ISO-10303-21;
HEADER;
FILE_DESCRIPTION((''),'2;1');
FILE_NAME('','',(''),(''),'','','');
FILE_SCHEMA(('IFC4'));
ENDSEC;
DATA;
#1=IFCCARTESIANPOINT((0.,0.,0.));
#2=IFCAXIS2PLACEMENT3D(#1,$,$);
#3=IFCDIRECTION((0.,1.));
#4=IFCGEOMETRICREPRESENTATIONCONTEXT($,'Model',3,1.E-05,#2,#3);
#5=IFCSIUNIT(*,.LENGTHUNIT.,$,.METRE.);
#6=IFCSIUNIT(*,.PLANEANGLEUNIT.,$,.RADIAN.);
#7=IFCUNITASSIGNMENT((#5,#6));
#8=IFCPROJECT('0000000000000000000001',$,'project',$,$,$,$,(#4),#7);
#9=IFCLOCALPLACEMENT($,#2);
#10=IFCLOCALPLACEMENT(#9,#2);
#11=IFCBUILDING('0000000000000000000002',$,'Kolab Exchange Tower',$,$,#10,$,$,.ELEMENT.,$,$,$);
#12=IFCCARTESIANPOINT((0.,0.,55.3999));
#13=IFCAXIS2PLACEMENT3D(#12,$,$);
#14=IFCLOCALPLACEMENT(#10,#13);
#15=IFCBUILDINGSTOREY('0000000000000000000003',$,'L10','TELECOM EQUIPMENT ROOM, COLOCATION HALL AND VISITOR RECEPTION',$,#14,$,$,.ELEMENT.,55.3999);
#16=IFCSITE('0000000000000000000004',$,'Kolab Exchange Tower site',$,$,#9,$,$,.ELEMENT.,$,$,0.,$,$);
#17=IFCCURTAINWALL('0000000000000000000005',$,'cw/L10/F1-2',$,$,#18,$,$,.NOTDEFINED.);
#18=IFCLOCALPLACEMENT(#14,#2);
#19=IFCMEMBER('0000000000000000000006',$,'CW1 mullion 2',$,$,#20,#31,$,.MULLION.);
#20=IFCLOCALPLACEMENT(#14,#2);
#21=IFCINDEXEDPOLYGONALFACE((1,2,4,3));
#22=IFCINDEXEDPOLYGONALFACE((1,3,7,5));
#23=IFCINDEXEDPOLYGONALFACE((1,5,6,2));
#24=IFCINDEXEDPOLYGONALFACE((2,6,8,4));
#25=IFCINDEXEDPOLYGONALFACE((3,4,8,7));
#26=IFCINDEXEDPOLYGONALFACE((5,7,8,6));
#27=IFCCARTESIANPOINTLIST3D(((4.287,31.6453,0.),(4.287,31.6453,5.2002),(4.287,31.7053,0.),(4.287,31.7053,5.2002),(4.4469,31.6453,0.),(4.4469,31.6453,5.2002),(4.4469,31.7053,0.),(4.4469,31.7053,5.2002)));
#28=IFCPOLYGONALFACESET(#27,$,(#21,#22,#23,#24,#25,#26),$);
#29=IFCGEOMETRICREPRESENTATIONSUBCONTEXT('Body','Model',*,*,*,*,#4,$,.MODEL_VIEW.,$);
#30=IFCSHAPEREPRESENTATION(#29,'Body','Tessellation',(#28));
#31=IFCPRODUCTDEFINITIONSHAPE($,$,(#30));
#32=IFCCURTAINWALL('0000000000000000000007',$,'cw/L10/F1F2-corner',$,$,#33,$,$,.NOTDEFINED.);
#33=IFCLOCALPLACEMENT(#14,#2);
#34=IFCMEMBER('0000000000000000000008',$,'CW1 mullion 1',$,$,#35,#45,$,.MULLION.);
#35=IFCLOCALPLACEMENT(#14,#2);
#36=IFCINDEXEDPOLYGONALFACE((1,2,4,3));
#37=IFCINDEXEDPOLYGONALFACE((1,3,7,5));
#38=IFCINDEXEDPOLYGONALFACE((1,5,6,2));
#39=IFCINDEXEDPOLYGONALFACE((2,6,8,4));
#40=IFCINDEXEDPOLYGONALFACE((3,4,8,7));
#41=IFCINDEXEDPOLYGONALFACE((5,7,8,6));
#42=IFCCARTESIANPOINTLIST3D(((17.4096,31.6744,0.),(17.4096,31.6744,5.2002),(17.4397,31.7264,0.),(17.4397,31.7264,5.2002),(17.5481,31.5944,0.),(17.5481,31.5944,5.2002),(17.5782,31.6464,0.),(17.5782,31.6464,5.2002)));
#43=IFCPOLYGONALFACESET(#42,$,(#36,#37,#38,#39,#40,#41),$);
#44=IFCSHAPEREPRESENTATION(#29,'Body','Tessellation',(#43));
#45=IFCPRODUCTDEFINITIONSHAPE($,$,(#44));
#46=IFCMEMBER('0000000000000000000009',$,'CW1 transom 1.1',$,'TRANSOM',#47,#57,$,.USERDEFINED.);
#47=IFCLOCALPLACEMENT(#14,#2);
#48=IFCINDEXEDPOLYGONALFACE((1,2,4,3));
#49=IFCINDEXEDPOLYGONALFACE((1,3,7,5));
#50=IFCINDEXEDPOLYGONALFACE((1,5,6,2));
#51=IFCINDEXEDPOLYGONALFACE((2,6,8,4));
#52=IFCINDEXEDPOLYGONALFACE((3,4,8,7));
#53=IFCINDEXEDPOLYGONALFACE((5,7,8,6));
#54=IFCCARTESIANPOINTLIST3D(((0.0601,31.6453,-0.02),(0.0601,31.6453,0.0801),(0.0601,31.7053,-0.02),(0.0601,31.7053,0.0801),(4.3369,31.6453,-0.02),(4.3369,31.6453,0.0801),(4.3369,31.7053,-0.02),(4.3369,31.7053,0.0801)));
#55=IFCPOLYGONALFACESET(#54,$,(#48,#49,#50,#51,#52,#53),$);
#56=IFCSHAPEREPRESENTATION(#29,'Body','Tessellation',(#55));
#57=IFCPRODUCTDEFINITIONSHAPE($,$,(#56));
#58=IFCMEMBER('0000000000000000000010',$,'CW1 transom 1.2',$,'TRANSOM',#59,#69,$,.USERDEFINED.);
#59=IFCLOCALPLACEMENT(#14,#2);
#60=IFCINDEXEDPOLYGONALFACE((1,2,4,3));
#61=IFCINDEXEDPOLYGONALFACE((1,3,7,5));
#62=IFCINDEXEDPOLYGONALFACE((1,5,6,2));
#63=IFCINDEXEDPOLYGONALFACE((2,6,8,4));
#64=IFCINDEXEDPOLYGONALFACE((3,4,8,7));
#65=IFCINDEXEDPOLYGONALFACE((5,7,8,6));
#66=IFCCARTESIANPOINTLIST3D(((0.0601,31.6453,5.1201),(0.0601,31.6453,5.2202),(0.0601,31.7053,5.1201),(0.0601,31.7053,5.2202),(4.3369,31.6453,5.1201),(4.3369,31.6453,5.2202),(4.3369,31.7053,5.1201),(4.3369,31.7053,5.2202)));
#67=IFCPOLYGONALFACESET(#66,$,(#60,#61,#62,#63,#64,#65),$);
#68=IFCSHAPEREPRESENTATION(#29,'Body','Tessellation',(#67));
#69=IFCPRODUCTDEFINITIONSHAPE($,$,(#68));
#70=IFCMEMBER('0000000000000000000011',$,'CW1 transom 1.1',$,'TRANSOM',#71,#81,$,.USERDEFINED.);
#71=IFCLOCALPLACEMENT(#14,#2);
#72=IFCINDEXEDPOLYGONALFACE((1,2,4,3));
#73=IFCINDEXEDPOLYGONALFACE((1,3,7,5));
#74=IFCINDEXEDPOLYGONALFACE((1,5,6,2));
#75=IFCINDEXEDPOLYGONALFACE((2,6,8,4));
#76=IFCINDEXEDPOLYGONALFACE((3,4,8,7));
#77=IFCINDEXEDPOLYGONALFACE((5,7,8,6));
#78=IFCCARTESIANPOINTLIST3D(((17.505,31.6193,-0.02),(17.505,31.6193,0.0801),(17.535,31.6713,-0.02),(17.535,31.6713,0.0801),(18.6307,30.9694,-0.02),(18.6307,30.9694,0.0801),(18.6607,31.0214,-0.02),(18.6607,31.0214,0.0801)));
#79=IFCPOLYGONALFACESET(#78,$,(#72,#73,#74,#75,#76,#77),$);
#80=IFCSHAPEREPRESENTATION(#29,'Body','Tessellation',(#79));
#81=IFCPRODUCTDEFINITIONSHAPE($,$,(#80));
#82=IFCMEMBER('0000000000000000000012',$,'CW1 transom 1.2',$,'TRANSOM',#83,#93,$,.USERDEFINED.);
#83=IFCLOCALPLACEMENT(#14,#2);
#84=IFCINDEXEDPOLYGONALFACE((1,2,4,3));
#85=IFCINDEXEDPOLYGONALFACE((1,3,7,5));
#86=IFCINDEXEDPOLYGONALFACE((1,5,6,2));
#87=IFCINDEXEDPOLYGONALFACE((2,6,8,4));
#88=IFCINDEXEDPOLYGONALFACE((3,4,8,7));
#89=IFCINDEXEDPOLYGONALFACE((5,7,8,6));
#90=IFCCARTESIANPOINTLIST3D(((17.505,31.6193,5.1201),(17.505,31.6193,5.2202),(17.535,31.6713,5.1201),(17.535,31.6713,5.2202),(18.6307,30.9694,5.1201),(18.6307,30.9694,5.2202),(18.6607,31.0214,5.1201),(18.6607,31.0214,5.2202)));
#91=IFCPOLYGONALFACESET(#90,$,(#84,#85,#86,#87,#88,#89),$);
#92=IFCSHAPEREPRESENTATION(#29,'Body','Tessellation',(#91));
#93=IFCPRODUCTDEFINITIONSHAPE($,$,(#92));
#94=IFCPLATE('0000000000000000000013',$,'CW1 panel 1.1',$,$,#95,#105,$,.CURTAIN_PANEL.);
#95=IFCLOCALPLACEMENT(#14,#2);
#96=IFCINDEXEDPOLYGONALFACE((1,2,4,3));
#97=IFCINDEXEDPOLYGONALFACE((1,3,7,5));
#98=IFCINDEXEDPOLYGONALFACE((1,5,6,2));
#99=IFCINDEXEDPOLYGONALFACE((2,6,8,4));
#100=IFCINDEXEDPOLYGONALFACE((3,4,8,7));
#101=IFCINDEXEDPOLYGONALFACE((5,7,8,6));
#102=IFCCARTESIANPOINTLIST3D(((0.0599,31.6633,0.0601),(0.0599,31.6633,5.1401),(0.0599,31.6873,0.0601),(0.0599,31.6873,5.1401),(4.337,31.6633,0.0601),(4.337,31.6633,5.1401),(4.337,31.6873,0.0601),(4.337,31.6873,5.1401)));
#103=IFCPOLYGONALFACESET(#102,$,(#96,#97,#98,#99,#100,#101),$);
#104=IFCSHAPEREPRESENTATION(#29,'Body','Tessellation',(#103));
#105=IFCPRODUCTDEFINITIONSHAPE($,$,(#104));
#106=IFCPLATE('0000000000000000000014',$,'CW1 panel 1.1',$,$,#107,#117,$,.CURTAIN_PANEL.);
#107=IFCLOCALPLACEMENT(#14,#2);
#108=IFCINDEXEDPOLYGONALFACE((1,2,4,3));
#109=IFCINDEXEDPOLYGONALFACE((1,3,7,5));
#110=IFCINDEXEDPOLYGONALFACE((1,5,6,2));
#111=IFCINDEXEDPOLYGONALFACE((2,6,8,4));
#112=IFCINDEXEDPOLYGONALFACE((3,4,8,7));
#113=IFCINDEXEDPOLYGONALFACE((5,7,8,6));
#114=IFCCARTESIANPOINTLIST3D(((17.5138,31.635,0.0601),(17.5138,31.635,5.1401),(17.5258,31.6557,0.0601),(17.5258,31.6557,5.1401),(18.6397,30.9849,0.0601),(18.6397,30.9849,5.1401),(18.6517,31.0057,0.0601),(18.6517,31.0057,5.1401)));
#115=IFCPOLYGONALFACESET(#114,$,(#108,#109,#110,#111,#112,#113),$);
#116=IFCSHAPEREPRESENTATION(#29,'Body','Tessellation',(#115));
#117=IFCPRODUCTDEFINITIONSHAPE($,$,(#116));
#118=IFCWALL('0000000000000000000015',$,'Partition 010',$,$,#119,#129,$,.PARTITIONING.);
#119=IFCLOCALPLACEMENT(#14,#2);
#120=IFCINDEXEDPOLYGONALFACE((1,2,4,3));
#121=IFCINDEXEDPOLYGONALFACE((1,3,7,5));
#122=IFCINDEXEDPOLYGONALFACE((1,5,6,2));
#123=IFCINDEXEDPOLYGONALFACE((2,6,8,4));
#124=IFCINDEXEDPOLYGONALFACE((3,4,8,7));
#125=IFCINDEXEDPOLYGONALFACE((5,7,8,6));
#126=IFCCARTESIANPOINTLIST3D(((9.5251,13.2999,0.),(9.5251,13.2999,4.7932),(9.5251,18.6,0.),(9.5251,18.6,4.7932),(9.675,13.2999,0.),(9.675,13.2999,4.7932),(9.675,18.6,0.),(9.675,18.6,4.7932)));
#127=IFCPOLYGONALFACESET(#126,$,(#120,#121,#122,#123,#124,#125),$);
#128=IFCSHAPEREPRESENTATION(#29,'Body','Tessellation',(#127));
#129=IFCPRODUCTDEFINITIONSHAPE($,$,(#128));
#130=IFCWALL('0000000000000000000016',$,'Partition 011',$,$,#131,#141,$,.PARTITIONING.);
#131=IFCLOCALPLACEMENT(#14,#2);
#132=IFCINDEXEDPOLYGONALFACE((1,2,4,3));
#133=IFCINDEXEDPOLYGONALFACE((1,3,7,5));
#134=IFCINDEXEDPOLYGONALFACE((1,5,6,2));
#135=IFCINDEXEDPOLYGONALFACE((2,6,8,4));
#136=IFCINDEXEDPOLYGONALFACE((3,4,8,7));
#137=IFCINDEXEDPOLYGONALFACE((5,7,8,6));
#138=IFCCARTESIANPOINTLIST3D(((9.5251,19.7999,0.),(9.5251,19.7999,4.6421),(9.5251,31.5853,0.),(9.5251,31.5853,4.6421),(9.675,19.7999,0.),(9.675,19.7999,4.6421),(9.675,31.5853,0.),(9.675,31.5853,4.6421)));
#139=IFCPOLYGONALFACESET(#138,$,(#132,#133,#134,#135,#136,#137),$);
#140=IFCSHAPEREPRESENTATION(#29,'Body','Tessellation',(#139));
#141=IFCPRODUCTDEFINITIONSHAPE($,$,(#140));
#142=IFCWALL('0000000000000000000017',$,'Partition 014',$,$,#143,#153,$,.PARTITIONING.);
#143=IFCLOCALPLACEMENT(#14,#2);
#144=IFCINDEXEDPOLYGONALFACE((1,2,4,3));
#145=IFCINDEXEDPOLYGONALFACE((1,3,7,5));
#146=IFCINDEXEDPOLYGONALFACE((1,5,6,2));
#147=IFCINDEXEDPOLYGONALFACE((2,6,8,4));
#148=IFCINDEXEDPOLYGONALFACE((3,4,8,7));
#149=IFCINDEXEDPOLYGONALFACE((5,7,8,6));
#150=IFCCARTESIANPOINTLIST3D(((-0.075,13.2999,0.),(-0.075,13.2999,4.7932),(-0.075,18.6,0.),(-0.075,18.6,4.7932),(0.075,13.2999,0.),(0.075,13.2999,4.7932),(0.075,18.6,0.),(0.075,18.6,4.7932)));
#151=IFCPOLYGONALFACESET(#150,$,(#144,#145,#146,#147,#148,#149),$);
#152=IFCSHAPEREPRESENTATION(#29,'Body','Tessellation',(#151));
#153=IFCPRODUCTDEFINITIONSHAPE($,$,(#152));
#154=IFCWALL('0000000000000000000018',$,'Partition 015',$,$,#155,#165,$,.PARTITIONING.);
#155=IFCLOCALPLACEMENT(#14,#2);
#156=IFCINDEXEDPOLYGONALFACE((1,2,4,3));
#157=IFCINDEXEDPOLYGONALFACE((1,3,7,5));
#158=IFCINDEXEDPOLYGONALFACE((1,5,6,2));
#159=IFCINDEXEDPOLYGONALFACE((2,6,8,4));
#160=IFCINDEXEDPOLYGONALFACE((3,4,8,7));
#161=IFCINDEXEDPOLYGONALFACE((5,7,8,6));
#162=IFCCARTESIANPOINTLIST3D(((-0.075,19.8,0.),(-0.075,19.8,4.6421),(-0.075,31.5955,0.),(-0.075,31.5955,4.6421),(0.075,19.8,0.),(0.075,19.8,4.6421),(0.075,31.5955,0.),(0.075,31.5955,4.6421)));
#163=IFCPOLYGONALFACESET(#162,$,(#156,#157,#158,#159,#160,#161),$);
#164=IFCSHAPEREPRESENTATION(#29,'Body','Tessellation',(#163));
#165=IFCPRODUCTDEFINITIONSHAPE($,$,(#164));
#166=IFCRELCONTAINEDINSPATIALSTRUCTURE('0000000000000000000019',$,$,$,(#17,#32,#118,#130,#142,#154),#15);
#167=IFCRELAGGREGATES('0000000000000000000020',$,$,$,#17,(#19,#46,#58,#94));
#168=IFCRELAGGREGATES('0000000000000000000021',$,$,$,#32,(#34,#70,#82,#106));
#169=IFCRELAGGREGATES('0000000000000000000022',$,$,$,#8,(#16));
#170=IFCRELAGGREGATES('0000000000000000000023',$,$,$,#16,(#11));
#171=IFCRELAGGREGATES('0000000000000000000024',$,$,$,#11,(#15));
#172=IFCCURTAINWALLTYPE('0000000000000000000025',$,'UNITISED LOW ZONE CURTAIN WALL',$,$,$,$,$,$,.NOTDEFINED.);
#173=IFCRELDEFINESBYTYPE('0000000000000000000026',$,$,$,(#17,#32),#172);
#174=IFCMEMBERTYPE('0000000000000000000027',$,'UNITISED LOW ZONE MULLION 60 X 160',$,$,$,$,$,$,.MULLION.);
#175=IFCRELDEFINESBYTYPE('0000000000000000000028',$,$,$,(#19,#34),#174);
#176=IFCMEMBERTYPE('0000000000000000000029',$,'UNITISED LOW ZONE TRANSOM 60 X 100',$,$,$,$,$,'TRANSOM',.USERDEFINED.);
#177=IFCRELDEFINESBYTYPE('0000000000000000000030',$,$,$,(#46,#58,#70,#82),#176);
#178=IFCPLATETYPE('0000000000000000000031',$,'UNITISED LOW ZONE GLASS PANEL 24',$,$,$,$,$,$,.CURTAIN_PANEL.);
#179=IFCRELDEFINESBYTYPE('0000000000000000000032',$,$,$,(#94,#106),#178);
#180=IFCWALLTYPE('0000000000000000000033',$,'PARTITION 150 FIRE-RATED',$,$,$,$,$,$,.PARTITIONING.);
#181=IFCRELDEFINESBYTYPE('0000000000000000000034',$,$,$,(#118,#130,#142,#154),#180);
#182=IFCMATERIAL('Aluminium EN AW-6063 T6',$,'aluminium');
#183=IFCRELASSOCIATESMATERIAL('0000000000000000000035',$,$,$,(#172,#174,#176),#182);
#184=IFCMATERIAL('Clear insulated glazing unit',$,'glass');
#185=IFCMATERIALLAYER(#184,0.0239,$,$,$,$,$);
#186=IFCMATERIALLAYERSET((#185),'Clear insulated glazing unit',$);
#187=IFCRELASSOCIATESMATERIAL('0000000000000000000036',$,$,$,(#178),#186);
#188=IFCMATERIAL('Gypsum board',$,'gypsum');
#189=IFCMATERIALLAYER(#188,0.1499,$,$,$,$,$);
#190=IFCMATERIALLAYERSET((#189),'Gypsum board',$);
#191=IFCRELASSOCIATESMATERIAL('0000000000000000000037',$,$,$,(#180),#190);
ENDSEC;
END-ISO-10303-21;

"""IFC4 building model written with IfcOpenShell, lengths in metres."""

from ifc_helpers import new_model, si_unit, direction, frame, frame_2d, origin, origin_2d, place, context, subcontext, project, spatial, rectangle, extrude, material, layer, layer_set, material_profile, profile_set, type_object, element, aggregate, save


model = new_model("IFC4")

# Units and contexts
model_context = context("Model", 3, precision=1e-05, world=origin(), true_north=direction((0.0, 1.0)))
body_context = subcontext(model_context, "Body", "Model", "MODEL_VIEW")
ifc_project = project(units=[si_unit("LENGTHUNIT", "METRE"), si_unit("PLANEANGLEUNIT", "RADIAN")], contexts=[model_context])

# Site, building, storey
site_placement = place(None, origin())
site = spatial("IfcSite", under=ifc_project, at=site_placement, Name="Kolab Exchange Tower site", CompositionType="ELEMENT", RefElevation=0.0)
building_placement = place(site_placement, origin())
building = spatial("IfcBuilding", under=site, at=building_placement, Name="Kolab Exchange Tower", CompositionType="ELEMENT")
storey_placement = place(building_placement, frame((0.0, 0.0, 55.3999)))
storey = spatial("IfcBuildingStorey", under=building, at=storey_placement, Name="L10", Description="TELECOM EQUIPMENT ROOM, COLOCATION HALL AND VISITOR RECEPTION", CompositionType="ELEMENT", Elevation=55.3999)

# Curtain wall, member
ifc_material_1 = material(Name="Aluminium EN AW-6063 T6", Category="aluminium")
curtain_wall_type = type_object("IfcCurtainWallType", Name="UNITISED LOW ZONE CURTAIN WALL", PredefinedType="NOTDEFINED", material=ifc_material_1)
curtain_wall_1_placement = place(storey_placement, origin())
curtain_wall_1 = element("IfcCurtainWall", 1, at=curtain_wall_1_placement, inside=storey, type_object=curtain_wall_type, Name="cw/L10/F1-2", PredefinedType="NOTDEFINED")
ifc_material_profile_1 = material_profile(ifc_material_1, rectangle(XDim=0.0601, YDim=0.1599, at=origin_2d()), Name="RECT 60X160")
ifc_profile_set_1 = profile_set([ifc_material_profile_1], Name="Aluminium EN AW-6063 T6")
member_type_1 = type_object("IfcMemberType", Name="UNITISED LOW ZONE MULLION 60 X 160", PredefinedType="MULLION", material=ifc_profile_set_1)
member_1_placement = place(storey_placement, frame((4.3669, 31.6753, 0.0), z_axis=(0.0, 0.0, 1.0), x_axis=(0.0, 1.0, 0.0)))
member_1 = element("IfcMember", 2, at=member_1_placement, type_object=member_type_1, Name="CW1 mullion 2", PredefinedType="MULLION", context=body_context, shape_type="SweptSolid", body=[
    extrude(rectangle(XDim=0.0601, YDim=0.1599, at=origin_2d()), origin(), (0.0, 0.0, 1.0), 5.2002),
])

# Curtain wall, member
curtain_wall_2_placement = place(storey_placement, origin())
curtain_wall_2 = element("IfcCurtainWall", 3, at=curtain_wall_2_placement, inside=storey, type_object=curtain_wall_type, Name="cw/L10/F1F2-corner", PredefinedType="NOTDEFINED")
member_2_placement = place(storey_placement, frame((17.4939, 31.6604, 0.0), z_axis=(0.0, 0.0, 1.0), x_axis=(0.5, 0.866025, 0.0)))
member_2 = element("IfcMember", 4, at=member_2_placement, type_object=member_type_1, Name="CW1 mullion 1", PredefinedType="MULLION", context=body_context, shape_type="SweptSolid", body=[
    extrude(rectangle(XDim=0.0601, YDim=0.1599, at=origin_2d()), origin(), (0.0, 0.0, 1.0), 5.2002),
])

# Members
ifc_material_profile_2 = material_profile(ifc_material_1, rectangle(XDim=0.0601, YDim=0.1001, at=origin_2d()), Name="RECT 60X100")
ifc_profile_set_2 = profile_set([ifc_material_profile_2], Name="Aluminium EN AW-6063 T6")
member_type_2 = type_object("IfcMemberType", Name="UNITISED LOW ZONE TRANSOM 60 X 100", ElementType="TRANSOM", PredefinedType="USERDEFINED", material=ifc_profile_set_2)
member_3_placement = place(storey_placement, frame((0.0601, 31.6753, 0.03), z_axis=(1.0, 0.0, 0.0), x_axis=(0.0, 1.0, 0.0)))
member_3 = element("IfcMember", 5, at=member_3_placement, type_object=member_type_2, Name="CW1 transom 1.1", ObjectType="TRANSOM", PredefinedType="USERDEFINED", context=body_context, shape_type="SweptSolid", body=[
    extrude(rectangle(XDim=0.0601, YDim=0.1001, at=origin_2d()), origin(), (0.0, 0.0, 1.0), 4.2769),
])
member_4_placement = place(storey_placement, frame((0.0601, 31.6753, 5.1702), z_axis=(1.0, 0.0, 0.0), x_axis=(0.0, 1.0, 0.0)))
member_4 = element("IfcMember", 6, at=member_4_placement, type_object=member_type_2, Name="CW1 transom 1.2", ObjectType="TRANSOM", PredefinedType="USERDEFINED", context=body_context, shape_type="SweptSolid", body=[
    extrude(rectangle(XDim=0.0601, YDim=0.1001, at=origin_2d()), origin(), (0.0, 0.0, 1.0), 4.2769),
])
member_5_placement = place(storey_placement, frame((17.52, 31.6453, 0.03), z_axis=(0.866039, -0.499977, 0.0), x_axis=(0.499977, 0.866039, 0.0)))
member_5 = element("IfcMember", 7, at=member_5_placement, type_object=member_type_2, Name="CW1 transom 1.1", ObjectType="TRANSOM", PredefinedType="USERDEFINED", context=body_context, shape_type="SweptSolid", body=[
    extrude(rectangle(XDim=0.0601, YDim=0.1001, at=origin_2d()), origin(), (0.0, 0.0, 1.0), 1.2998),
])
member_6_placement = place(storey_placement, frame((17.52, 31.6453, 5.1702), z_axis=(0.866039, -0.499977, 0.0), x_axis=(0.499977, 0.866039, 0.0)))
member_6 = element("IfcMember", 8, at=member_6_placement, type_object=member_type_2, Name="CW1 transom 1.2", ObjectType="TRANSOM", PredefinedType="USERDEFINED", context=body_context, shape_type="SweptSolid", body=[
    extrude(rectangle(XDim=0.0601, YDim=0.1001, at=origin_2d()), origin(), (0.0, 0.0, 1.0), 1.2998),
])

# Plates
ifc_material_2 = material(Name="Clear insulated glazing unit", Category="glass")
ifc_layer_1 = layer(ifc_material_2, 0.0239)
ifc_layer_set_1 = layer_set([ifc_layer_1], Name="Clear insulated glazing unit")
plate_type = type_object("IfcPlateType", Name="UNITISED LOW ZONE GLASS PANEL 24", PredefinedType="CURTAIN_PANEL", material=ifc_layer_set_1)
plate_1_placement = place(storey_placement, frame((2.1985, 31.6753, 0.0601), z_axis=(0.0, 0.0, 1.0), x_axis=(1.0, 0.0, 0.0)))
plate_1 = element("IfcPlate", 9, at=plate_1_placement, type_object=plate_type, Name="CW1 panel 1.1", PredefinedType="CURTAIN_PANEL", context=body_context, shape_type="SweptSolid", body=[
    extrude(rectangle(XDim=4.2771, YDim=0.0239, at=origin_2d()), origin(), (0.0, 0.0, 1.0), 5.0801),
])
aggregate(curtain_wall_1, [member_1, member_3, member_4, plate_1])
plate_2_placement = place(storey_placement, frame((18.0828, 31.3203, 0.0601), z_axis=(0.0, 0.0, 1.0), x_axis=(0.866025, -0.5, 0.0)))
plate_2 = element("IfcPlate", 10, at=plate_2_placement, type_object=plate_type, Name="CW1 panel 1.1", PredefinedType="CURTAIN_PANEL", context=body_context, shape_type="SweptSolid", body=[
    extrude(rectangle(XDim=1.3, YDim=0.0239, at=origin_2d()), origin(), (0.0, 0.0, 1.0), 5.0801),
])
aggregate(curtain_wall_2, [member_2, member_5, member_6, plate_2])

# Walls
ifc_material_3 = material(Name="Gypsum board", Category="gypsum")
ifc_layer_2 = layer(ifc_material_3, 0.1499)
ifc_layer_set_2 = layer_set([ifc_layer_2], Name="Gypsum board")
wall_type = type_object("IfcWallType", Name="PARTITION 150 FIRE-RATED", PredefinedType="PARTITIONING", material=ifc_layer_set_2)
wall_1_placement = place(storey_placement, frame((9.6001, 13.3, 0.0), z_axis=(0.0, 0.0, 1.0), x_axis=(0.0, 1.0, 0.0)))
element("IfcWall", 11, at=wall_1_placement, inside=storey, type_object=wall_type, Name="Partition 010", PredefinedType="PARTITIONING", context=body_context, shape_type="SweptSolid", body=[
    extrude(rectangle(XDim=5.3, YDim=0.1499, at=frame_2d((2.6499, 0.0))), origin(), (0.0, 0.0, 1.0), 4.7932),
])
wall_2_placement = place(storey_placement, frame((9.6001, 19.8, 0.0), z_axis=(0.0, 0.0, 1.0), x_axis=(0.0, 1.0, 0.0)))
element("IfcWall", 12, at=wall_2_placement, inside=storey, type_object=wall_type, Name="Partition 011", PredefinedType="PARTITIONING", context=body_context, shape_type="SweptSolid", body=[
    extrude(rectangle(XDim=11.7854, YDim=0.1499, at=frame_2d((5.8926, 0.0))), origin(), (0.0, 0.0, 1.0), 4.6421),
])
wall_3_placement = place(storey_placement, frame((0.0, 13.3, 0.0), z_axis=(0.0, 0.0, 1.0), x_axis=(0.0, 1.0, 0.0)))
element("IfcWall", 13, at=wall_3_placement, inside=storey, type_object=wall_type, Name="Partition 014", PredefinedType="PARTITIONING", context=body_context, shape_type="SweptSolid", body=[
    extrude(rectangle(XDim=5.3, YDim=0.1499, at=frame_2d((2.6499, 0.0))), origin(), (0.0, 0.0, 1.0), 4.7932),
])
wall_4_placement = place(storey_placement, frame((0.0, 19.8, 0.0), z_axis=(0.0, 0.0, 1.0), x_axis=(0.0, 1.0, 0.0)))
element("IfcWall", 14, at=wall_4_placement, inside=storey, type_object=wall_type, Name="Partition 015", PredefinedType="PARTITIONING", context=body_context, shape_type="SweptSolid", body=[
    extrude(rectangle(XDim=11.7954, YDim=0.1499, at=frame_2d((5.8977, 0.0))), origin(), (0.0, 0.0, 1.0), 4.6421),
])

save(model, "model.ifc")
